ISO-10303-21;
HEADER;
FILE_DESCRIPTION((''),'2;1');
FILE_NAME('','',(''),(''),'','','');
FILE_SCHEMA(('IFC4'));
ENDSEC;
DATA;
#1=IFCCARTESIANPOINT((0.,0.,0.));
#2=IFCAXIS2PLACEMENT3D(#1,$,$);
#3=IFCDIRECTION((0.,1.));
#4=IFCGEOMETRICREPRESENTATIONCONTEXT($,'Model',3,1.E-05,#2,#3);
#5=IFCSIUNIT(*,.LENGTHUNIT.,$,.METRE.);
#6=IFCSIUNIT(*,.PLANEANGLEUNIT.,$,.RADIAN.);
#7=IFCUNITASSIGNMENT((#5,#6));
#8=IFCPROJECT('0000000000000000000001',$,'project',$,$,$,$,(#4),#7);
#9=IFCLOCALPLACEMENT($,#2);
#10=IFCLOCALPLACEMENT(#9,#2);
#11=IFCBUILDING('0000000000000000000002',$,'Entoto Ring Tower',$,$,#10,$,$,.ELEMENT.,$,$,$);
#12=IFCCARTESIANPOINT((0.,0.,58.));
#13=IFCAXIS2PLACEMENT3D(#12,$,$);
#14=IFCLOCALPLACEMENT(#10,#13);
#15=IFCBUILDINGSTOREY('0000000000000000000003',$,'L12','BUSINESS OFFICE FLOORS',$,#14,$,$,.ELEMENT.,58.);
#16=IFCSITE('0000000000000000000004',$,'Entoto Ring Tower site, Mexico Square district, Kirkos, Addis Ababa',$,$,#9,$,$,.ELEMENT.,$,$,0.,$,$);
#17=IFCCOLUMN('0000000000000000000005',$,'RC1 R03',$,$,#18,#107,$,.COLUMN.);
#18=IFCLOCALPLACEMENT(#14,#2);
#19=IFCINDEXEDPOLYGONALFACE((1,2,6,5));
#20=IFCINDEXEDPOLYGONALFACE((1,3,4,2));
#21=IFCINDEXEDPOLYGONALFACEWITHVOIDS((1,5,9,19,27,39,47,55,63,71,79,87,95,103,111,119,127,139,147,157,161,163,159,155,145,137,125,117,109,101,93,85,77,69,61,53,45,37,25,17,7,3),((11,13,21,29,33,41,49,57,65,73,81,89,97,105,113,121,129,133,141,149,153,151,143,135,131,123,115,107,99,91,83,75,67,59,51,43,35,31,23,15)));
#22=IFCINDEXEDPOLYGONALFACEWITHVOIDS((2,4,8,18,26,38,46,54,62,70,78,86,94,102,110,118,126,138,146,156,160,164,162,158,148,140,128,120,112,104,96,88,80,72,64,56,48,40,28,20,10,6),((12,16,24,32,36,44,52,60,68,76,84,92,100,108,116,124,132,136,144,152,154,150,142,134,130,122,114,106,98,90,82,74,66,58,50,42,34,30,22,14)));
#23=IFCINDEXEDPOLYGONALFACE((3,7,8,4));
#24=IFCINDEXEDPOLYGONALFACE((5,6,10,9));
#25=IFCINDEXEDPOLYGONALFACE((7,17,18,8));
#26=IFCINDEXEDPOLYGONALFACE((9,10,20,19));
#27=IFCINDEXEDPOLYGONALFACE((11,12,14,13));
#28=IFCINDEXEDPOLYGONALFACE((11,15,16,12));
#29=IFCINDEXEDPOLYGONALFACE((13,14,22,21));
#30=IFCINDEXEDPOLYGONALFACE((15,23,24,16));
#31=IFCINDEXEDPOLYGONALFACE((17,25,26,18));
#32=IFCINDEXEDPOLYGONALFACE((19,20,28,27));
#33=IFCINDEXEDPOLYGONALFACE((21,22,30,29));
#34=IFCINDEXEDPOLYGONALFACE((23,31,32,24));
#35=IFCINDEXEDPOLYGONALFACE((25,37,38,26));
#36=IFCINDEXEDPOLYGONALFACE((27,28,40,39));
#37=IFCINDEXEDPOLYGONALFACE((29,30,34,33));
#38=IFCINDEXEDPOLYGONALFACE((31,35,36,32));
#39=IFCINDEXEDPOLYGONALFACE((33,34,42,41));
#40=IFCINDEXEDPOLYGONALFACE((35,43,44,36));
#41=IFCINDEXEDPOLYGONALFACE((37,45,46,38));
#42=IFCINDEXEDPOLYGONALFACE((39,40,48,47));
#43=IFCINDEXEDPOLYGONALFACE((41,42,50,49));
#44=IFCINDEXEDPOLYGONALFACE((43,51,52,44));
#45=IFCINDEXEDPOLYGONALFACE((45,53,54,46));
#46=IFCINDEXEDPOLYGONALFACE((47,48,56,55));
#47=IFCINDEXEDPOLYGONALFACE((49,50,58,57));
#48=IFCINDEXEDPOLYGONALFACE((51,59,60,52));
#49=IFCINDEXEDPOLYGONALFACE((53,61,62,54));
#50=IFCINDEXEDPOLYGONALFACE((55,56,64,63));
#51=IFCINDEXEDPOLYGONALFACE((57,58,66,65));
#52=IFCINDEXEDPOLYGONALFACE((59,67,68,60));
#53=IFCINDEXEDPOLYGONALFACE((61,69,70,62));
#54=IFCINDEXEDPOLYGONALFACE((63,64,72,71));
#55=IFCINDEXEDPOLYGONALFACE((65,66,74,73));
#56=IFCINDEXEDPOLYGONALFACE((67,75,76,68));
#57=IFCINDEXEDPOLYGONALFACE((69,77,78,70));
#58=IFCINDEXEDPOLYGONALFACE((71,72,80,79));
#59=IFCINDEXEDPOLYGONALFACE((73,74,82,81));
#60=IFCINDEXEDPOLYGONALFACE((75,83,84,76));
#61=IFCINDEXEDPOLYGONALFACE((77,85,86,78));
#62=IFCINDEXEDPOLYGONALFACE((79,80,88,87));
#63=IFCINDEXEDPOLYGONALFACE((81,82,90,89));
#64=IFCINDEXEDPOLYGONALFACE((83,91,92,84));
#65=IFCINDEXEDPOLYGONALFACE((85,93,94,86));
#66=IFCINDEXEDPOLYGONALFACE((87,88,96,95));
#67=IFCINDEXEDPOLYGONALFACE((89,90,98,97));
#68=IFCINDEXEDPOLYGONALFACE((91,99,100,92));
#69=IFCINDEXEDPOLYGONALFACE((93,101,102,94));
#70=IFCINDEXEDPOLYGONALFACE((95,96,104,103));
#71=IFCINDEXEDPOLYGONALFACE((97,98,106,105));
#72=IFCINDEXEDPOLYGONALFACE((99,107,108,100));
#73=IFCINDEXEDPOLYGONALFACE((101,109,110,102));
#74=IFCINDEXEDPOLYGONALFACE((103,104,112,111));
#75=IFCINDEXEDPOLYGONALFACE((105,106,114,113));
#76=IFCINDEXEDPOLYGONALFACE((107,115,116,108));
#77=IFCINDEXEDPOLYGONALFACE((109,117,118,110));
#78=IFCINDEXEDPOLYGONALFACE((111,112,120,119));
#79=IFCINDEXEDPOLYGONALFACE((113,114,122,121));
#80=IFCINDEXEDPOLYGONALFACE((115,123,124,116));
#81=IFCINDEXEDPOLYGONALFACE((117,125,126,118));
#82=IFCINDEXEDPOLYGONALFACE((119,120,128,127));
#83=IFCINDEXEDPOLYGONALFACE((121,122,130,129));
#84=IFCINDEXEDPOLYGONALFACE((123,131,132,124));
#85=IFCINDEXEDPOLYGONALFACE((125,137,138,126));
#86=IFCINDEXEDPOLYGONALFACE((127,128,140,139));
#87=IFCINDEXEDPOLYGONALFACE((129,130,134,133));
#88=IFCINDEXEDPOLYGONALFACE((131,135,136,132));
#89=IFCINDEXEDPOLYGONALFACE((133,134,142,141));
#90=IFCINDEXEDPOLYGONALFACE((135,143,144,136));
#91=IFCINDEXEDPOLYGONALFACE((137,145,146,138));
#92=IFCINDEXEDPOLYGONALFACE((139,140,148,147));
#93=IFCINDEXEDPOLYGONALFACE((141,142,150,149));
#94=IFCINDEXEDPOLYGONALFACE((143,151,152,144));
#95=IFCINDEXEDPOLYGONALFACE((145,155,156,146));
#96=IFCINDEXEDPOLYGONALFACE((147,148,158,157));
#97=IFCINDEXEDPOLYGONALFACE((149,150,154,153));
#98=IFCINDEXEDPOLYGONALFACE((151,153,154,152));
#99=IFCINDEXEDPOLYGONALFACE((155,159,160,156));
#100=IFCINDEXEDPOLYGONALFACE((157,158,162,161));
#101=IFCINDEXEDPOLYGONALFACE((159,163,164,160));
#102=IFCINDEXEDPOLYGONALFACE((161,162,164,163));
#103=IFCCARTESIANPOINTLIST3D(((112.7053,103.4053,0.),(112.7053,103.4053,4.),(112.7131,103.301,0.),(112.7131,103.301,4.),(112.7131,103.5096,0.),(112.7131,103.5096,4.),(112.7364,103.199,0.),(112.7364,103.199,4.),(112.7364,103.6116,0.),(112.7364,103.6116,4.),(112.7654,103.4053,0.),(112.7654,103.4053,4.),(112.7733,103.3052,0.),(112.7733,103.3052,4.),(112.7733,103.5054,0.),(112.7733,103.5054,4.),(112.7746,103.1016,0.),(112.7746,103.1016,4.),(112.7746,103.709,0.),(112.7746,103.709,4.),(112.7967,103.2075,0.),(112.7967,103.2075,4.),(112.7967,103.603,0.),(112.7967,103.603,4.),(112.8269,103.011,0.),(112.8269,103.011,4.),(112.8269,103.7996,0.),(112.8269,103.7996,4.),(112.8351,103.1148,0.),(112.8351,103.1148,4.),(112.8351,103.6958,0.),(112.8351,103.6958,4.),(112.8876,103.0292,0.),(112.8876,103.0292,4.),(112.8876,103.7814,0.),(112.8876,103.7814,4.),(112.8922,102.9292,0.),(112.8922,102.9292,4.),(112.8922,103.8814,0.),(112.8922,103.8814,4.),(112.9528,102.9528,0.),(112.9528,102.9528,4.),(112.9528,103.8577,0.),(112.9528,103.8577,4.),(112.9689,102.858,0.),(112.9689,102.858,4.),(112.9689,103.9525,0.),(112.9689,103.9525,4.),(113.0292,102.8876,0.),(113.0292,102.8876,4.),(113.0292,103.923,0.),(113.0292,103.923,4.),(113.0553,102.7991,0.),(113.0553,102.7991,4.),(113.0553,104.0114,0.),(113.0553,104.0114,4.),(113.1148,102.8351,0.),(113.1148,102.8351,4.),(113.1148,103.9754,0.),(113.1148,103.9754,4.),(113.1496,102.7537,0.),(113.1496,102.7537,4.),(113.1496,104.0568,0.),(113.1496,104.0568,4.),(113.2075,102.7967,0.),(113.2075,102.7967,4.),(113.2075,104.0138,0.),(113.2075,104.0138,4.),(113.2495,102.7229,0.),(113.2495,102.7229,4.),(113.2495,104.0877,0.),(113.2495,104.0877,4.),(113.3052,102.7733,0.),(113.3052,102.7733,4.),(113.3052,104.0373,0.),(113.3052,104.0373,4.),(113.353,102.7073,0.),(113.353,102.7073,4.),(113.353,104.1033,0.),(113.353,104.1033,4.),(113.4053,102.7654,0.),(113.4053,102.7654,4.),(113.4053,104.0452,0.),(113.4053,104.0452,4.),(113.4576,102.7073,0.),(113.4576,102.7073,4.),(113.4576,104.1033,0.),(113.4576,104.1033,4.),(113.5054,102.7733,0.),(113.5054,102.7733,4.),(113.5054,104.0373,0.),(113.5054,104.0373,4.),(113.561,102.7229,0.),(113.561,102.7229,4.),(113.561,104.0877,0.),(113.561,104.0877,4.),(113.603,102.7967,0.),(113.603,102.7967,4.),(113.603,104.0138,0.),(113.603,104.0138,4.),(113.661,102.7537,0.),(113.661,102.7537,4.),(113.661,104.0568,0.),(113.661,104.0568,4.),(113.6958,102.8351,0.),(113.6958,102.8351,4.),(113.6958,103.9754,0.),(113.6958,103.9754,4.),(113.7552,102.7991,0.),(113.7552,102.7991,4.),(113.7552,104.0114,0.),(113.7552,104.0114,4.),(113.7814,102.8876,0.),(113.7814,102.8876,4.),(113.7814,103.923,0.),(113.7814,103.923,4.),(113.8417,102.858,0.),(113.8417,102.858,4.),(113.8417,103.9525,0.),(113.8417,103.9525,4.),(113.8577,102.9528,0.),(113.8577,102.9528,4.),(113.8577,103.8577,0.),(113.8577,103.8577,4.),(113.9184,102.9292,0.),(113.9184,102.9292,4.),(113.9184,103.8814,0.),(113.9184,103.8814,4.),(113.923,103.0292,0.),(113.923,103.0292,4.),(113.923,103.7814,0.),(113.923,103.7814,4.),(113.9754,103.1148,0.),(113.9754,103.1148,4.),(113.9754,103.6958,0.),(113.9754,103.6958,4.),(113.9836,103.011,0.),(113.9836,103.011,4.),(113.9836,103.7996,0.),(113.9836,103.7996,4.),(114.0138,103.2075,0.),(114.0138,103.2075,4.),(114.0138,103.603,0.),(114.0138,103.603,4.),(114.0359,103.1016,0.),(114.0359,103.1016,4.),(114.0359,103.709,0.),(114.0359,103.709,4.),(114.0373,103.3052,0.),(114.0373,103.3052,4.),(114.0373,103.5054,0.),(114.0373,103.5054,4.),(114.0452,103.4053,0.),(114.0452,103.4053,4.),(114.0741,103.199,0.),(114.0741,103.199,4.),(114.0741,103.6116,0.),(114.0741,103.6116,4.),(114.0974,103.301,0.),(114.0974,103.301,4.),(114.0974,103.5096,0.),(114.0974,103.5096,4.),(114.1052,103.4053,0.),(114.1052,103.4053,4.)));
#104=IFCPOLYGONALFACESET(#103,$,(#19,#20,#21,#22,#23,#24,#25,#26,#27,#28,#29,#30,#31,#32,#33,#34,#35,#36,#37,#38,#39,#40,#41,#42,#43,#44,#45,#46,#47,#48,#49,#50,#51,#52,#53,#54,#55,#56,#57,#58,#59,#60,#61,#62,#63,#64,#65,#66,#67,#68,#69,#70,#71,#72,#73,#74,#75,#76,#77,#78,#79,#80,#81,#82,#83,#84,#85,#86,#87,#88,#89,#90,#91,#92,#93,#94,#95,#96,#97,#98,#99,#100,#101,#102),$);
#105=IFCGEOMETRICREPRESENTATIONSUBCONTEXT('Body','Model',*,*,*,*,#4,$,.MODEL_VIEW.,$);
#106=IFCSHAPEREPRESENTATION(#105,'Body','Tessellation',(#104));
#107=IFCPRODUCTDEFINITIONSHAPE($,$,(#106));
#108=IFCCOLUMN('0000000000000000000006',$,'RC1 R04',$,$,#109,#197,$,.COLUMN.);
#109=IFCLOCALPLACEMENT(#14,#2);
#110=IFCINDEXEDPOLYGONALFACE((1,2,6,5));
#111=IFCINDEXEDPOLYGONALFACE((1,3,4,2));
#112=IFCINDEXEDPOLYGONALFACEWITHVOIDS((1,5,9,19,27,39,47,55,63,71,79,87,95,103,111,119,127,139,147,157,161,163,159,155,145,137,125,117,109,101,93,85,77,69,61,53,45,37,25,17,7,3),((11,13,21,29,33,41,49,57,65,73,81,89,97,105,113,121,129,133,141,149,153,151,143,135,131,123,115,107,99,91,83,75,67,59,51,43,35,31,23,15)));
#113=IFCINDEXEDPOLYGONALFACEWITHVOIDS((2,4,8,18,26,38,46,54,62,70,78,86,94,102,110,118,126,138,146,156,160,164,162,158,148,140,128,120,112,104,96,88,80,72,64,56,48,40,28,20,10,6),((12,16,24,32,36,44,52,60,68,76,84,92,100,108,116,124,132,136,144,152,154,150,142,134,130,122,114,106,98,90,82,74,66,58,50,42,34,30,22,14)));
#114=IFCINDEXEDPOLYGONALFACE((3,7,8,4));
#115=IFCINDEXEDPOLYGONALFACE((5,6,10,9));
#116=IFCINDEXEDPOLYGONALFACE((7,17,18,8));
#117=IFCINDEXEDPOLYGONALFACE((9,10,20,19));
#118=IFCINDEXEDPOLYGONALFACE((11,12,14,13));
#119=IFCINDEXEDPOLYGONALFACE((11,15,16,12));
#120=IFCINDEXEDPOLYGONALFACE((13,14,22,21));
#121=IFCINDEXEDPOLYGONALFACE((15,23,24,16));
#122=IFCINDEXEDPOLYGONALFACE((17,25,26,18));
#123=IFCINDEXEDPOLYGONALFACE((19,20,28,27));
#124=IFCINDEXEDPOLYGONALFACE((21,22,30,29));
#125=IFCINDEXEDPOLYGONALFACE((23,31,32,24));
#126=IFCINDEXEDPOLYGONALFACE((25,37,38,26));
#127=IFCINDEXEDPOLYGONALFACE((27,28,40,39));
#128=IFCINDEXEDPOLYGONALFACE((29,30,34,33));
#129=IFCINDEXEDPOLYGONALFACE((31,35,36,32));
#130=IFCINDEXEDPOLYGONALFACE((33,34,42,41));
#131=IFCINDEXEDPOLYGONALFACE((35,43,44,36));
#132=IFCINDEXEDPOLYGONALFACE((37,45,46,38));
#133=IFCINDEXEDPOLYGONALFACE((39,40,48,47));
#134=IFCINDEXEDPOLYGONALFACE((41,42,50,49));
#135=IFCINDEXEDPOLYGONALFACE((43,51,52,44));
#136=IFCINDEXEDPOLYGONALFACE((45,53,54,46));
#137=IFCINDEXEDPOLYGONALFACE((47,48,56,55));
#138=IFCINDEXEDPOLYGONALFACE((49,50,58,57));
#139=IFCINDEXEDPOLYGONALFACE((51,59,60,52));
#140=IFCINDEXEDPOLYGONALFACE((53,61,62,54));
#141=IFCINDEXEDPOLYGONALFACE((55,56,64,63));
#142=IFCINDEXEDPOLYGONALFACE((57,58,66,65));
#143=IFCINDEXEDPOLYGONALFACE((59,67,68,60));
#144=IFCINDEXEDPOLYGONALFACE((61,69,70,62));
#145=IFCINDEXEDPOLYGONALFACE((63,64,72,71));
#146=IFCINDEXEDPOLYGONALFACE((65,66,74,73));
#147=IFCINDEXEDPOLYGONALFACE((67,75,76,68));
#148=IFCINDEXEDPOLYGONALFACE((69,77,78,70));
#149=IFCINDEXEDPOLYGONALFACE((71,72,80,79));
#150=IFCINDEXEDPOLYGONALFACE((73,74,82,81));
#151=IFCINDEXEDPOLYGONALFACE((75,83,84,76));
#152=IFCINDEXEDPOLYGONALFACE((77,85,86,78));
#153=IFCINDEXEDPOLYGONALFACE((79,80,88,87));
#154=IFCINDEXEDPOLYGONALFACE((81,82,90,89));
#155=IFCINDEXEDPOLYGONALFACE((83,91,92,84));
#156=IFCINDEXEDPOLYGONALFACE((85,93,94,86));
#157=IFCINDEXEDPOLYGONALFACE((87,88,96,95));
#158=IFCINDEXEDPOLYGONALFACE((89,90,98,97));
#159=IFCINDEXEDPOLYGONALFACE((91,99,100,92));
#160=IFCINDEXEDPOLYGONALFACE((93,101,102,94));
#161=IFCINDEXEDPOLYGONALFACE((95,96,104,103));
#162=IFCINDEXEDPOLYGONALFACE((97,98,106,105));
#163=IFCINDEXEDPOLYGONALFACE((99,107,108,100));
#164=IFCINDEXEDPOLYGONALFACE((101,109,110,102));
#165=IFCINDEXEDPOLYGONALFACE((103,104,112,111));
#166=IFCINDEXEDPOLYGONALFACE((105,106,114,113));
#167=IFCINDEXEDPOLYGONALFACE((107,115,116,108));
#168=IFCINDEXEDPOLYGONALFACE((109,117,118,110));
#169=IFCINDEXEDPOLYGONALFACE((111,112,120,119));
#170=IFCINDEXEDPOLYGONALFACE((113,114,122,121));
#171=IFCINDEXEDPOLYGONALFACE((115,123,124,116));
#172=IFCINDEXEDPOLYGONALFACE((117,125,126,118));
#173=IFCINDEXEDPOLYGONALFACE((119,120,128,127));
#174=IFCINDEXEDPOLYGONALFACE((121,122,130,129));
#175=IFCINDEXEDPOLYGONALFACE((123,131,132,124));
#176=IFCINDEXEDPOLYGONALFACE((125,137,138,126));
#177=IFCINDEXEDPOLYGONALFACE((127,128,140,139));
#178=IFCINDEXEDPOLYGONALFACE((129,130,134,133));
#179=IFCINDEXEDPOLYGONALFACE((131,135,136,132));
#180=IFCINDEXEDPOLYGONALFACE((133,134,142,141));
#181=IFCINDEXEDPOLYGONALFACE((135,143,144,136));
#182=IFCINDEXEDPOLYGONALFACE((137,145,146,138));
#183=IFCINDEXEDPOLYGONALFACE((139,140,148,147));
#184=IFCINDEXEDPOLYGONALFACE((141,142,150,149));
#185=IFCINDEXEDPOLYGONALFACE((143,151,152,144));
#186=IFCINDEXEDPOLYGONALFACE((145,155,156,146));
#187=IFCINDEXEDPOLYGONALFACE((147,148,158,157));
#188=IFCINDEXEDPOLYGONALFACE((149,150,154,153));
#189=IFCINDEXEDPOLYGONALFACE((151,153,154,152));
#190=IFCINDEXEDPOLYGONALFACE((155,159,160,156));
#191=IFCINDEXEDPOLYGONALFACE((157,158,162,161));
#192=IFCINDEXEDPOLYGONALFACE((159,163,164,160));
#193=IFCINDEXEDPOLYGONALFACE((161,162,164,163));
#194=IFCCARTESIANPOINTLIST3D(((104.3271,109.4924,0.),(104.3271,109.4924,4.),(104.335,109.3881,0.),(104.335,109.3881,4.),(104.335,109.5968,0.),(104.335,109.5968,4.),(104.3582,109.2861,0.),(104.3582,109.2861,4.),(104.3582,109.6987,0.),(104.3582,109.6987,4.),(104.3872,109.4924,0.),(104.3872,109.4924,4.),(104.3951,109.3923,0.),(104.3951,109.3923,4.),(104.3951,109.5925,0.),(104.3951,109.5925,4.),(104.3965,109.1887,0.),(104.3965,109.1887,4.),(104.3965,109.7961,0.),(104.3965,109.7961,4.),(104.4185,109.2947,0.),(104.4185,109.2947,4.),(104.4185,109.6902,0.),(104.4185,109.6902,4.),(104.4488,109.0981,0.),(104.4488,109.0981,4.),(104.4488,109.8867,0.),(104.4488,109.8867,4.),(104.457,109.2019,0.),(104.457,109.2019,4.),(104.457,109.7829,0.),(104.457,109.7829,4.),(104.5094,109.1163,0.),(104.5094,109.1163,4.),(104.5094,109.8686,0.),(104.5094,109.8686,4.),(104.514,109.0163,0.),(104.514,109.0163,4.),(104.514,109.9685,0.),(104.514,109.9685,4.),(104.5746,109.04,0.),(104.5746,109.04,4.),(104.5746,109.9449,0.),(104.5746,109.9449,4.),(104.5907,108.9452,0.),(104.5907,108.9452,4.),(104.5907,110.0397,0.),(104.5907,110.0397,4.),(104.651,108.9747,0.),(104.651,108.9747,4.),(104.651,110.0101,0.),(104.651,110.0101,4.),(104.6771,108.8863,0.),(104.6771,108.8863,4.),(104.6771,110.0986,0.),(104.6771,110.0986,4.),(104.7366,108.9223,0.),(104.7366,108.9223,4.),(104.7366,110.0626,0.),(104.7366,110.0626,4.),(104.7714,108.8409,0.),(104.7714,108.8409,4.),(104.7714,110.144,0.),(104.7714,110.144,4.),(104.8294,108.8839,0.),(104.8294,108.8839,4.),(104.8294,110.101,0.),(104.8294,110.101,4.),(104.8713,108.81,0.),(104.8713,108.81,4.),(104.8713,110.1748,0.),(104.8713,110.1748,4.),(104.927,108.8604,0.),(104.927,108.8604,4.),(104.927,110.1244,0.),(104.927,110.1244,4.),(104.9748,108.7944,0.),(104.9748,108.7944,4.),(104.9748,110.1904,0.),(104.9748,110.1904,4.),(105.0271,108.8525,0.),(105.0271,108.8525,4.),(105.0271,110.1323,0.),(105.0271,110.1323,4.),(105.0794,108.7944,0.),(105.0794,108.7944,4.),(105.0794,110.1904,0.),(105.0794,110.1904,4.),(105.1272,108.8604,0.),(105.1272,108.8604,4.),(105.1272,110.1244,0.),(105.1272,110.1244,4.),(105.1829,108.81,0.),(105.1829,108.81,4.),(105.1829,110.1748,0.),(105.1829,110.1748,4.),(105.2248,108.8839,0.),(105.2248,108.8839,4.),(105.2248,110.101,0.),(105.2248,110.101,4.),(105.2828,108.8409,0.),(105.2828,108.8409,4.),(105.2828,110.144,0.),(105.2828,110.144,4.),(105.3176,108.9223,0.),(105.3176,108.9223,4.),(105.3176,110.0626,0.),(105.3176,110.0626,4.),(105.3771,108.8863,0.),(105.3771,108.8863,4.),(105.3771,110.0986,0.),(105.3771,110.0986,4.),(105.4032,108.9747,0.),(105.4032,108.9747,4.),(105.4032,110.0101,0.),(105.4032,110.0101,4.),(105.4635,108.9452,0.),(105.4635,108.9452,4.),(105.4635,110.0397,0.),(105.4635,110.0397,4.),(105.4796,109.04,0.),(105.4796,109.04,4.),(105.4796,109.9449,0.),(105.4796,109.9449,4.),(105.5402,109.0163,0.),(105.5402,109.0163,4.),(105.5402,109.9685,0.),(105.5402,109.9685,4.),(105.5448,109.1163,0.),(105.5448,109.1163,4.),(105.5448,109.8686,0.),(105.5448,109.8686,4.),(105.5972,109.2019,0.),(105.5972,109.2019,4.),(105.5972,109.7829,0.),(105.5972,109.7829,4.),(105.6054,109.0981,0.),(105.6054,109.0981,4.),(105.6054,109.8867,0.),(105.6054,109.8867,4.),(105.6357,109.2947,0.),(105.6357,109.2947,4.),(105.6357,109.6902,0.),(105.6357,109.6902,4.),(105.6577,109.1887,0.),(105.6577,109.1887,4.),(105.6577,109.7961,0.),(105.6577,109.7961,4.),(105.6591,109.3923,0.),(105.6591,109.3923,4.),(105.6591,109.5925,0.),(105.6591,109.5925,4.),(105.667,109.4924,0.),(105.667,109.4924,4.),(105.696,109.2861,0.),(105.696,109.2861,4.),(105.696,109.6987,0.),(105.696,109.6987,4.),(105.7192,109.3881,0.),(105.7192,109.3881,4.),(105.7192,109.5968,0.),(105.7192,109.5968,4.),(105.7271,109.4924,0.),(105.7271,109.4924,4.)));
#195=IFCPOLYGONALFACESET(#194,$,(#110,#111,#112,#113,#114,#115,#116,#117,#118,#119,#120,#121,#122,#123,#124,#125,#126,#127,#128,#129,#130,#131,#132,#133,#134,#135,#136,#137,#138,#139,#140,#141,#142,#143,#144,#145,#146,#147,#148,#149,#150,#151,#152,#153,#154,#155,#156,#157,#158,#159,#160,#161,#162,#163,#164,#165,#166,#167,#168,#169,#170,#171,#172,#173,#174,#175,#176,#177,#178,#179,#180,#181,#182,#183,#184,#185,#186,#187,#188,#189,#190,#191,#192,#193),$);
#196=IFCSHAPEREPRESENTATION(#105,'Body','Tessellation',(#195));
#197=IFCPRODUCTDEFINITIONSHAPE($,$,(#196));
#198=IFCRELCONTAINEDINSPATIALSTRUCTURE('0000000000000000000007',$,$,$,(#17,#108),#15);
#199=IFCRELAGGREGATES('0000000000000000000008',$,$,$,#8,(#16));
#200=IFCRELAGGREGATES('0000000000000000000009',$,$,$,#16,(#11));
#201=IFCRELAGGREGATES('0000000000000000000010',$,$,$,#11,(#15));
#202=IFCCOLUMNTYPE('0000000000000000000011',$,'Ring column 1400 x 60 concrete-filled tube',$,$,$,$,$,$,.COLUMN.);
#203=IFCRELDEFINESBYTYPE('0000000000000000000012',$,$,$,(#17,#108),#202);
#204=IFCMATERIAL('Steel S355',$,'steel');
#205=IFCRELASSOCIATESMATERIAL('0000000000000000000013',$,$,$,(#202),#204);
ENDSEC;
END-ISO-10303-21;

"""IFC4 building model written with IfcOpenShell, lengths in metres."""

from ifc_helpers import new_model, si_unit, direction, frame, origin, origin_2d, place, context, subcontext, project, spatial, circle, hollow_circle, extrude, material, material_profile, profile_set, type_object, element, save


model = new_model("IFC4")

# Units and contexts
model_context = context("Model", 3, precision=1e-05, world=origin(), true_north=direction((0.0, 1.0)))
body_context = subcontext(model_context, "Body", "Model", "MODEL_VIEW")
ifc_project = project(units=[si_unit("LENGTHUNIT", "METRE"), si_unit("PLANEANGLEUNIT", "RADIAN")], contexts=[model_context])

# Site, building, storey
site_placement = place(None, origin())
site = spatial("IfcSite", under=ifc_project, at=site_placement, Name="Entoto Ring Tower site, Mexico Square district, Kirkos, Addis Ababa", CompositionType="ELEMENT", RefElevation=0.0)
building_placement = place(site_placement, origin())
building = spatial("IfcBuilding", under=site, at=building_placement, Name="Entoto Ring Tower", CompositionType="ELEMENT")
storey_placement = place(building_placement, frame((0.0, 0.0, 58.0)))
storey = spatial("IfcBuildingStorey", under=building, at=storey_placement, Name="L12", Description="BUSINESS OFFICE FLOORS", CompositionType="ELEMENT", Elevation=58.0)

# Columns
ifc_material_1 = material(Name="Steel S355", Category="steel")
ifc_material_profile_1 = material_profile(ifc_material_1, hollow_circle(Radius=0.7, WallThickness=0.0601, at=origin_2d()), Name="CHS 1400 x 60")
ifc_material_2 = material(Name="Concrete C60/75", Category="concrete")
ifc_material_profile_2 = material_profile(ifc_material_2, circle(Radius=0.6399, at=origin_2d()), Name="Concrete C60/75 infill")
ifc_profile_set_1 = profile_set([ifc_material_profile_1, ifc_material_profile_2], Name="Steel S355")
column_type = type_object("IfcColumnType", Name="Ring column 1400 x 60 concrete-filled tube", PredefinedType="COLUMN", material=ifc_profile_set_1)
for number, where, z_axis, x_axis, name in (
    (1, (113.4053, 103.4053, 0.0), (0.0, 0.0, 1.0), (1.0, 0.0, 0.0), "RC1 R03"),
    (2, (105.0271, 109.4924, 0.0), (0.0, 0.0, 1.0), (1.0, 0.0, 0.0), "RC1 R04"),
):
    element("IfcColumn", number, at=place(storey_placement, frame(where, z_axis=z_axis, x_axis=x_axis)), inside=storey, type_object=column_type, Name=name, PredefinedType="COLUMN", context=body_context, shape_type="SweptSolid", body=[
        extrude(hollow_circle(Radius=0.7, WallThickness=0.0601, at=origin_2d()), origin(), (0.0, 0.0, 1.0), 4.0),
    ])

save(model, "model.ifc")
